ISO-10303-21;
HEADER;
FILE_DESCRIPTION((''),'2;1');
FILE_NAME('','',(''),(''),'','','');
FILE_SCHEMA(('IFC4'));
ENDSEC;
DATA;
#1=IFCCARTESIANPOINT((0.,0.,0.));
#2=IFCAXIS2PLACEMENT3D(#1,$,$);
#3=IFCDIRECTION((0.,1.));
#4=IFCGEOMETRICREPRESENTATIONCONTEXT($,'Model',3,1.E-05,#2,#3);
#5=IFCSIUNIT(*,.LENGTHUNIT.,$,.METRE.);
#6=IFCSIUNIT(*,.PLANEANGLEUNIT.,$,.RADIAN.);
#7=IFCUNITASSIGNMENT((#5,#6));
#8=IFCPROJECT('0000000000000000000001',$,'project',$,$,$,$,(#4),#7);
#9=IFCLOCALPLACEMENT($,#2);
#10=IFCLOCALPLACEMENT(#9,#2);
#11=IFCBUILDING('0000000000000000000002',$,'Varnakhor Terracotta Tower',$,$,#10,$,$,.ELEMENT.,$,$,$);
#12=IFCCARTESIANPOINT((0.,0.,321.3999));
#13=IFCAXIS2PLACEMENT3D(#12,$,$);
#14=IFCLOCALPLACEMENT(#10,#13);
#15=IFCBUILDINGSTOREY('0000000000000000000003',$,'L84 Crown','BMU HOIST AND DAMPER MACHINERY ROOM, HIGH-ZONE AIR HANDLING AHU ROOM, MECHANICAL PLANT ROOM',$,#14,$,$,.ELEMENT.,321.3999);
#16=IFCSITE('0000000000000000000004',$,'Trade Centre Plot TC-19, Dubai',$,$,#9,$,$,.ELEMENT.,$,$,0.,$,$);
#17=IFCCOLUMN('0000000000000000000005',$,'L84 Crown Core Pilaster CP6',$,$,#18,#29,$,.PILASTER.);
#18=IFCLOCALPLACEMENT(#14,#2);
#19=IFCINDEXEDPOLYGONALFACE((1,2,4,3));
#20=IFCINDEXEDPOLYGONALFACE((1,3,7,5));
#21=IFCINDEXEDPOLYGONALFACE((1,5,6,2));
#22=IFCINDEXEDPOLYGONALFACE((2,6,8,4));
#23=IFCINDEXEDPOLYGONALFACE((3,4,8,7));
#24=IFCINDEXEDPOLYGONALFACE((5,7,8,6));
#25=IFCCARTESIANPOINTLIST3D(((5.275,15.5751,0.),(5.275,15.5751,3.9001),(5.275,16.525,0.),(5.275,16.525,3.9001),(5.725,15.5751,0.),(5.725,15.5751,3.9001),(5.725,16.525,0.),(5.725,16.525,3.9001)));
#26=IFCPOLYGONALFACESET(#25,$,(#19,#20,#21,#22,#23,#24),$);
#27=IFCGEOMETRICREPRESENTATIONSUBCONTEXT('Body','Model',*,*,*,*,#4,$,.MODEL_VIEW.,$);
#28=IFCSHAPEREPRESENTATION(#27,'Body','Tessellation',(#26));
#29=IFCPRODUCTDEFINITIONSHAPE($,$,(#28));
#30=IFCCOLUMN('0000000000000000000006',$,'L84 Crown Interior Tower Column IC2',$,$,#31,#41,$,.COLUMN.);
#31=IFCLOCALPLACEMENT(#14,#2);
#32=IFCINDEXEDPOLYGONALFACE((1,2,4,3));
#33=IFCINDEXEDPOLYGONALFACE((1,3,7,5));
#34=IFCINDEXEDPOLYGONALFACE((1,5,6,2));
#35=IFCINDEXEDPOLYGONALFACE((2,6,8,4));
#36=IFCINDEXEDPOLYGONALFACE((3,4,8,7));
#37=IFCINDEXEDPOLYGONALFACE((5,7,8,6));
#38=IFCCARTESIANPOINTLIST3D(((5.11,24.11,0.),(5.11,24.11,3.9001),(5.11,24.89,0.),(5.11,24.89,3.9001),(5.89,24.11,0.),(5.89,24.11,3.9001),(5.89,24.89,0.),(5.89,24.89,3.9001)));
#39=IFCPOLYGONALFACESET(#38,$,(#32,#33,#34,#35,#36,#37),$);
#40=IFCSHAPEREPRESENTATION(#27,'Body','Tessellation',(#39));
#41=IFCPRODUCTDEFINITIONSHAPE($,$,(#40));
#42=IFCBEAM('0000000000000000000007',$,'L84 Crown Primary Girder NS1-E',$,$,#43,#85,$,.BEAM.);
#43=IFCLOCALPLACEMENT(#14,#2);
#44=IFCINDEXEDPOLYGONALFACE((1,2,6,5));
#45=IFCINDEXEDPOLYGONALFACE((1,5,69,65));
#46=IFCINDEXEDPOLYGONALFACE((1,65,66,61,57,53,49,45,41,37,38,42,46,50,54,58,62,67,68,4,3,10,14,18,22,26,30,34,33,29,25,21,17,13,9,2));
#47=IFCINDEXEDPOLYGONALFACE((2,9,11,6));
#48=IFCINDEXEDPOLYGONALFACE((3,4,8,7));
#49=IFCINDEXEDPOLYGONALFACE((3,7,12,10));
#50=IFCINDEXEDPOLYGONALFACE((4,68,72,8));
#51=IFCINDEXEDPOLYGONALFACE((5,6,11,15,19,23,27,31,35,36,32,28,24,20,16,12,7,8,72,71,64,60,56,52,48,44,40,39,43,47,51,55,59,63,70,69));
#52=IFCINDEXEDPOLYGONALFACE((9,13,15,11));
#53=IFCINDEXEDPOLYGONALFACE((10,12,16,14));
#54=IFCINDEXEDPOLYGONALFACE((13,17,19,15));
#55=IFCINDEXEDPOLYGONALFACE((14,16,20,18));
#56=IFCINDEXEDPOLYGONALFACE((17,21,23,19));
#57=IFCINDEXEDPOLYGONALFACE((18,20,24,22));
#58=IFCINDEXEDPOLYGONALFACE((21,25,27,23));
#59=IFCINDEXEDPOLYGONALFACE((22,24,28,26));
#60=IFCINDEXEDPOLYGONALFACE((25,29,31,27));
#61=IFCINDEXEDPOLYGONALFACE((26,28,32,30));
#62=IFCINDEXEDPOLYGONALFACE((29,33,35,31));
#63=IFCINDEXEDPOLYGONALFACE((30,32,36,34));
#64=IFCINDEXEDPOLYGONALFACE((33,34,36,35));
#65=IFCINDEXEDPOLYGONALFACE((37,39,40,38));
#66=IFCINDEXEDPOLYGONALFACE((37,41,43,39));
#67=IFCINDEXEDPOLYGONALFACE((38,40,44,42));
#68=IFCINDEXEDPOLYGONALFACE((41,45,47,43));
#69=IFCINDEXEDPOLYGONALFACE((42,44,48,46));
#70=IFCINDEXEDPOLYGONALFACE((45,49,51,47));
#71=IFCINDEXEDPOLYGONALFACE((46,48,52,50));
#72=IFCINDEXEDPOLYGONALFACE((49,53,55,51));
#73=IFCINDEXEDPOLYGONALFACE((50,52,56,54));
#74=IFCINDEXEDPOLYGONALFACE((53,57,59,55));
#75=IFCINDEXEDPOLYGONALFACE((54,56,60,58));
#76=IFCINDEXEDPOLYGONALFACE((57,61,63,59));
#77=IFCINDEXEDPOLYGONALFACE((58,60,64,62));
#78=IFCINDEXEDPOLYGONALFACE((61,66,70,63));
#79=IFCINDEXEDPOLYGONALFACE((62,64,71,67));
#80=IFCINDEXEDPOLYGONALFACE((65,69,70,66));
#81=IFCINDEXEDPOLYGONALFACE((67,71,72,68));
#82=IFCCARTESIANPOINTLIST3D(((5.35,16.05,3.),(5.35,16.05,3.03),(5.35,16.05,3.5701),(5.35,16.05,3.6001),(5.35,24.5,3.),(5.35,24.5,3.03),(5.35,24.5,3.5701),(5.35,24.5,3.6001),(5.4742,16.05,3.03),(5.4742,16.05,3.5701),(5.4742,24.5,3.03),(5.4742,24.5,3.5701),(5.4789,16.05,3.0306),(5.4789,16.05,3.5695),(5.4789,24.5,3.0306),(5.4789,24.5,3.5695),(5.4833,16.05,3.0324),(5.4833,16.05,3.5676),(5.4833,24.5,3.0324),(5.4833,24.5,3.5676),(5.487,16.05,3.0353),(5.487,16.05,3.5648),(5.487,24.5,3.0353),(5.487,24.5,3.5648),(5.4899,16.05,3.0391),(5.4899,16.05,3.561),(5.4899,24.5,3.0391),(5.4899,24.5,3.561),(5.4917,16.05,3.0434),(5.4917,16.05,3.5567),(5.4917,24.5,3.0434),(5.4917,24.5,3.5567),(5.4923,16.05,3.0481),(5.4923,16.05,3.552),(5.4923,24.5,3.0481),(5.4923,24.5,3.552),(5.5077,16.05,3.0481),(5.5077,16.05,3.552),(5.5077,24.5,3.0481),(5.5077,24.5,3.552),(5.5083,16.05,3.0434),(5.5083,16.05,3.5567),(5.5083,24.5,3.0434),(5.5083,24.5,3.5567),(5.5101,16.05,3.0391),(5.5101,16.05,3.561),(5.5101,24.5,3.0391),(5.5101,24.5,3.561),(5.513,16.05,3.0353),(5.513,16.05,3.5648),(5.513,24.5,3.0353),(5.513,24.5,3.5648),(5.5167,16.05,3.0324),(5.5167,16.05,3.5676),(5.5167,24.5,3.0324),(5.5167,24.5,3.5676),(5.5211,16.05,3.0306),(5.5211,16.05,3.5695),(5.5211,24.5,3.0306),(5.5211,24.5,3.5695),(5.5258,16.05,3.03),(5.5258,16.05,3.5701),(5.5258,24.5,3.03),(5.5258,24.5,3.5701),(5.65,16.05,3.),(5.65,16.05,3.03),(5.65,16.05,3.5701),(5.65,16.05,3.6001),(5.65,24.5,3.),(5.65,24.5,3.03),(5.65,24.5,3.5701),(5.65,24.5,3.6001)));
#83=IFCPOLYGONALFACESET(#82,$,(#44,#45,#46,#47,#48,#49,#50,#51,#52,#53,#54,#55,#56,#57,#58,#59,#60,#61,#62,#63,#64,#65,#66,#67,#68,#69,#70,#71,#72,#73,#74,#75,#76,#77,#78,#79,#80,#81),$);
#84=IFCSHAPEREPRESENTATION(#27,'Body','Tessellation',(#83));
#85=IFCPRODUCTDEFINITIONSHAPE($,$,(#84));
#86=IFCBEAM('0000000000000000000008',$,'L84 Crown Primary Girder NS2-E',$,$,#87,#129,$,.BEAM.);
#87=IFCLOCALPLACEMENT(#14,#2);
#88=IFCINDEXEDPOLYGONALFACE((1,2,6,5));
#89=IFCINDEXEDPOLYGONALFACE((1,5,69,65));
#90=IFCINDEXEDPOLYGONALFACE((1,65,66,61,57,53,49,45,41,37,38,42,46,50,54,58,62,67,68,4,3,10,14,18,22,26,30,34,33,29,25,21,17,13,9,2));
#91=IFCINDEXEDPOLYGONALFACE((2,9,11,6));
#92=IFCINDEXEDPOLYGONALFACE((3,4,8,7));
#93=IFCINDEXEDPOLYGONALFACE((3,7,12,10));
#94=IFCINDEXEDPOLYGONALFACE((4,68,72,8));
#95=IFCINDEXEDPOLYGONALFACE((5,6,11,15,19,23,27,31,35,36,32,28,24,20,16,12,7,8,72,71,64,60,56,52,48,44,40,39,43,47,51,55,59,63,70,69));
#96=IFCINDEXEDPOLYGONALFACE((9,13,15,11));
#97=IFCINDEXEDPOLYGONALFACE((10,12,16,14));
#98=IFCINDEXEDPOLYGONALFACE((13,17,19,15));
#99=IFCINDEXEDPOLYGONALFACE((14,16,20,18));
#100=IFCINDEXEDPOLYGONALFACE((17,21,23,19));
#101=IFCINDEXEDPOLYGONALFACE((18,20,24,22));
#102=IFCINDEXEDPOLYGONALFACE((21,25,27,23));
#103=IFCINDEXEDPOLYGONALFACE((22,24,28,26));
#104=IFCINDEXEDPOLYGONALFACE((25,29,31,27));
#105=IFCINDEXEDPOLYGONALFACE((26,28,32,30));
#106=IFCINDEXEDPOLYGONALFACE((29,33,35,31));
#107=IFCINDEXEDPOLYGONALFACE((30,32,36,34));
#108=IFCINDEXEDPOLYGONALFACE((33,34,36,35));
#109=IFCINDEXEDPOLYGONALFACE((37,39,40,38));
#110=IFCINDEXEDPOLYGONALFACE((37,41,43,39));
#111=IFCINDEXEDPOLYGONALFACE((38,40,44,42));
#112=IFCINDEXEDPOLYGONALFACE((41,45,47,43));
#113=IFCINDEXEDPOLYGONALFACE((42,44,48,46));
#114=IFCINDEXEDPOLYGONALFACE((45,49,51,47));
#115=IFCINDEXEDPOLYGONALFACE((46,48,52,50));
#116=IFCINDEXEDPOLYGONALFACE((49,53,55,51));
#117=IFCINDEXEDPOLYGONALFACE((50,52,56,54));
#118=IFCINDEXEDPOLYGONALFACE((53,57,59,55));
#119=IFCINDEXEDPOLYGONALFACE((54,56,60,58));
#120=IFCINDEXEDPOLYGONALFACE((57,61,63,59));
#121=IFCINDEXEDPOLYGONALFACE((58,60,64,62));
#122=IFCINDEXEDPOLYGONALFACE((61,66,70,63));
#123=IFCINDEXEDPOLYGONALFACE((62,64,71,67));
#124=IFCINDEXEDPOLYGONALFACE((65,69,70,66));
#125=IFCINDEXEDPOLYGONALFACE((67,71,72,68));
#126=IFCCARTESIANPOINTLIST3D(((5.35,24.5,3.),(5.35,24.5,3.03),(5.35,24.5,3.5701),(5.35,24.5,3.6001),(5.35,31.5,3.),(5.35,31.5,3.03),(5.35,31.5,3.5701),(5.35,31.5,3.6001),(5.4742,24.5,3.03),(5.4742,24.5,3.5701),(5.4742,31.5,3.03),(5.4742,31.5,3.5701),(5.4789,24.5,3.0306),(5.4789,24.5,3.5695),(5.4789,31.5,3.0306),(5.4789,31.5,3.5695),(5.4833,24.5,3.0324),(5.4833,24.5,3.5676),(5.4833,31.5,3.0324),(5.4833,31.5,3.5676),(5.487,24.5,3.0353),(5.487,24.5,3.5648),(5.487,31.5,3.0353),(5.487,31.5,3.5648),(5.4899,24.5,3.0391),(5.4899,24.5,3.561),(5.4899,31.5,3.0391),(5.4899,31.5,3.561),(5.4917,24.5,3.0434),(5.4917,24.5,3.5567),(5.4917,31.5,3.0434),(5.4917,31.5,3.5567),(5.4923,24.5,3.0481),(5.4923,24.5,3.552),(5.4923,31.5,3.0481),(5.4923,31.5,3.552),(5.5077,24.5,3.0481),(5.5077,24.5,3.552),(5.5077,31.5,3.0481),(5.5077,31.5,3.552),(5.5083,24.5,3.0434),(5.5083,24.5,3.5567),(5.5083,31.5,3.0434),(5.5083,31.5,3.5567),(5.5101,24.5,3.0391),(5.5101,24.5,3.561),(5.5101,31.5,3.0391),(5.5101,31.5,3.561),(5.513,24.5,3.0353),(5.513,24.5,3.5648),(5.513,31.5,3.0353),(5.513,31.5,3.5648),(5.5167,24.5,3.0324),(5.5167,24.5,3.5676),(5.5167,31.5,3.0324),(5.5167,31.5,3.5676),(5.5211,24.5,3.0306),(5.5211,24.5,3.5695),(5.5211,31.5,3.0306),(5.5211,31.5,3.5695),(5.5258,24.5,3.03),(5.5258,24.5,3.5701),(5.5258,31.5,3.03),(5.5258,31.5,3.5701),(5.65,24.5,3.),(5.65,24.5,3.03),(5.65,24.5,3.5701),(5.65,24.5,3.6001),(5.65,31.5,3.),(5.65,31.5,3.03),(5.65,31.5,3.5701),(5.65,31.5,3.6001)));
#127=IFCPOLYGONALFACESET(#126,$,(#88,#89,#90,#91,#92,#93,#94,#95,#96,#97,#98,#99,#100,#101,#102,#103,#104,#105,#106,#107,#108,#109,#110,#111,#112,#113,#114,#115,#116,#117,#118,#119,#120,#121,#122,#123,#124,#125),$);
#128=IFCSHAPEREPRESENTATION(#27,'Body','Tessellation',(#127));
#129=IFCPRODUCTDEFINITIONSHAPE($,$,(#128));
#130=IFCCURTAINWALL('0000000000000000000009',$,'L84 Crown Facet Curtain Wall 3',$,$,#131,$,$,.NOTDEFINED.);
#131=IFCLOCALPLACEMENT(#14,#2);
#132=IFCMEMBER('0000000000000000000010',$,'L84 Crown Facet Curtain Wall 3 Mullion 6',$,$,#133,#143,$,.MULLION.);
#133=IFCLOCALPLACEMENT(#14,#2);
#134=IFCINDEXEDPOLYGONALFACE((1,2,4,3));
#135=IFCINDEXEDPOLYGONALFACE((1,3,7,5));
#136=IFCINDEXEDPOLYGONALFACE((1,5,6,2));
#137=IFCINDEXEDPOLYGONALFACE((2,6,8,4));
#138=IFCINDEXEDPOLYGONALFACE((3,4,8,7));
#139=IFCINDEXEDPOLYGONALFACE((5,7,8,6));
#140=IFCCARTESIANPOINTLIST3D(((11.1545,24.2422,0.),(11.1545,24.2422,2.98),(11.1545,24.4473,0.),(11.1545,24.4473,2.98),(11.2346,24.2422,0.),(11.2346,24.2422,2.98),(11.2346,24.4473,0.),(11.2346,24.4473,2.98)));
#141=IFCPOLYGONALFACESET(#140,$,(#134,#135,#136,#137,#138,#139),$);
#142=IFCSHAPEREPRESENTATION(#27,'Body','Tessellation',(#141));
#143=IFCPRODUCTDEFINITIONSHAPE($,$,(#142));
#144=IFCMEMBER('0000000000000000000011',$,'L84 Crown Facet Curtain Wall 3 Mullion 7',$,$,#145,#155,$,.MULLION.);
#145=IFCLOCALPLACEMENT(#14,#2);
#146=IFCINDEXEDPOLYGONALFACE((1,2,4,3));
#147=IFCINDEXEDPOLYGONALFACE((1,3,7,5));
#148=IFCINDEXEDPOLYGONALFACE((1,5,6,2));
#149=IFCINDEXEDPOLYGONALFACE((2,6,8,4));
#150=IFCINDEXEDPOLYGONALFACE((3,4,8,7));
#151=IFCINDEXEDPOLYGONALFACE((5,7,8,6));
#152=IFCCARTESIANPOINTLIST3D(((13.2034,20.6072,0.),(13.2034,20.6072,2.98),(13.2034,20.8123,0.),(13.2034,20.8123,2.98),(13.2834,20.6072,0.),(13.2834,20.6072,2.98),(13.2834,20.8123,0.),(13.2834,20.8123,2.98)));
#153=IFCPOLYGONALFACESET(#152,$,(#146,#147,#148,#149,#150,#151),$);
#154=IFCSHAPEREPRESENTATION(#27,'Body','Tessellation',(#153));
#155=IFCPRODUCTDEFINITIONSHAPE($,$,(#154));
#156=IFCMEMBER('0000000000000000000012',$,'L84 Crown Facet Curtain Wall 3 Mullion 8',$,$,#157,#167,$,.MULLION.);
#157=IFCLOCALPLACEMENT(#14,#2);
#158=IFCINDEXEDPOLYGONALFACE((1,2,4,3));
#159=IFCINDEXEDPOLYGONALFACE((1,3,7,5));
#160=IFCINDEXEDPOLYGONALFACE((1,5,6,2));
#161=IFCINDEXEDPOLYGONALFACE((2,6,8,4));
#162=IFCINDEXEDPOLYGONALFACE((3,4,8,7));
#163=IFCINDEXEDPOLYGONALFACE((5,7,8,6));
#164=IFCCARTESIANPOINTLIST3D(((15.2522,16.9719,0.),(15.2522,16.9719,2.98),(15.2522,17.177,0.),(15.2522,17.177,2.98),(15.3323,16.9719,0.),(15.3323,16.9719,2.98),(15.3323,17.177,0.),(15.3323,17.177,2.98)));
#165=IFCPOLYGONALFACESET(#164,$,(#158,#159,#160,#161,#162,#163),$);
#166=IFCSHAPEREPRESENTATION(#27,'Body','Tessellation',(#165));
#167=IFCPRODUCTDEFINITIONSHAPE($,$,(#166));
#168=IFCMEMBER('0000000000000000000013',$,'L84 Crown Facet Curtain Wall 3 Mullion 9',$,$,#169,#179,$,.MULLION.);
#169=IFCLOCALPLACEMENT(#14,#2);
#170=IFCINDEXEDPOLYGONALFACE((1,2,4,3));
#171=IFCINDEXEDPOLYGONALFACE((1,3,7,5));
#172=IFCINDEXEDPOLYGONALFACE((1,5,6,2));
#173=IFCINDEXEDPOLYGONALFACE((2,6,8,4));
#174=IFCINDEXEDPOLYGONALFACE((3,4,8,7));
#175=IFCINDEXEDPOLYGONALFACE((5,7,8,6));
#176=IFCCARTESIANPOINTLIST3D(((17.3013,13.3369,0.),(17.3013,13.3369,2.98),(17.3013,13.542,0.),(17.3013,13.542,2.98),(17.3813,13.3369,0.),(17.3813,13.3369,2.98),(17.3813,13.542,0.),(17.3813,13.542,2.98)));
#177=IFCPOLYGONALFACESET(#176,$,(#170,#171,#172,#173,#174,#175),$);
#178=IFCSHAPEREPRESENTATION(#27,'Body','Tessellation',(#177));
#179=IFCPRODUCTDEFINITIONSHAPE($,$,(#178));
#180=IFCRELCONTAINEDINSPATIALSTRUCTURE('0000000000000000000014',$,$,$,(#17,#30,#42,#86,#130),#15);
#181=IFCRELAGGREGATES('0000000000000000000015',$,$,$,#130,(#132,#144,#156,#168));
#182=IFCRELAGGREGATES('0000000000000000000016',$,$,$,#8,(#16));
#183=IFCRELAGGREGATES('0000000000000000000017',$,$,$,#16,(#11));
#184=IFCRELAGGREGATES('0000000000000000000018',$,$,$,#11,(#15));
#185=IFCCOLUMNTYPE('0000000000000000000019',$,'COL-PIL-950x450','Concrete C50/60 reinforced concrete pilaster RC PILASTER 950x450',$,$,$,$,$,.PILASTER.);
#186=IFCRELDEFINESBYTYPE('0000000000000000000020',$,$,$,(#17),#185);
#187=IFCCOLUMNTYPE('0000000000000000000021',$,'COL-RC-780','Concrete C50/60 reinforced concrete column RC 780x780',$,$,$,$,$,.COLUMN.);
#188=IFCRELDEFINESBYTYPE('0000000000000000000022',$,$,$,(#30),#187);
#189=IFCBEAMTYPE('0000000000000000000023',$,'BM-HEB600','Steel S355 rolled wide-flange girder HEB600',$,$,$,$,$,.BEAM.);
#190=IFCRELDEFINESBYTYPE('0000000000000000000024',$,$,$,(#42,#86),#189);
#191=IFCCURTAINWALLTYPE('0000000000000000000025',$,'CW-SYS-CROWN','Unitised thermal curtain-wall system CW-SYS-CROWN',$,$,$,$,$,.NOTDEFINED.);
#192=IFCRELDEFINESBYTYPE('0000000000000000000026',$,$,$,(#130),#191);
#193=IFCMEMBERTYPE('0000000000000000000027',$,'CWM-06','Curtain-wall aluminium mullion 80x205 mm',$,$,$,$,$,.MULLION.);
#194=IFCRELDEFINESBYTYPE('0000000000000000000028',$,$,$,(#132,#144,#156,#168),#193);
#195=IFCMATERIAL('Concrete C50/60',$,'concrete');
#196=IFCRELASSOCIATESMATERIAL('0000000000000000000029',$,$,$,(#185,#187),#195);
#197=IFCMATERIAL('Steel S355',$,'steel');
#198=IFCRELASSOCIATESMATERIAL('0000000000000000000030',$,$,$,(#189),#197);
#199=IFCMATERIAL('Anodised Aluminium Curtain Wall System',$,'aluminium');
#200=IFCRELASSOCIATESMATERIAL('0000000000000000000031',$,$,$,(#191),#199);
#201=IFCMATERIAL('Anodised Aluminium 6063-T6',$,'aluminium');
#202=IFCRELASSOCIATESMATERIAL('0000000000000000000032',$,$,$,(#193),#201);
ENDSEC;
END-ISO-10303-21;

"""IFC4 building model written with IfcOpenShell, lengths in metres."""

from ifc_helpers import new_model, si_unit, direction, frame, origin, origin_2d, place, context, subcontext, project, spatial, rectangle, i_section, extrude, source, transform, mapped, material, material_profile, profile_set, type_object, type_shapes, element, aggregate, save


model = new_model("IFC4")

# Units and contexts
model_context = context("Model", 3, precision=1e-05, world=origin(), true_north=direction((0.0, 1.0)))
body_context = subcontext(model_context, "Body", "Model", "MODEL_VIEW")
ifc_project = project(units=[si_unit("LENGTHUNIT", "METRE"), si_unit("PLANEANGLEUNIT", "RADIAN")], contexts=[model_context])

# Site, building, storey
site_placement = place(None, origin())
site = spatial("IfcSite", under=ifc_project, at=site_placement, Name="Trade Centre Plot TC-19, Dubai", CompositionType="ELEMENT", RefElevation=0.0)
building_placement = place(site_placement, origin())
building = spatial("IfcBuilding", under=site, at=building_placement, Name="Varnakhor Terracotta Tower", CompositionType="ELEMENT")
storey_placement = place(building_placement, frame((0.0, 0.0, 321.3999)))
storey = spatial("IfcBuildingStorey", under=building, at=storey_placement, Name="L84 Crown", Description="BMU HOIST AND DAMPER MACHINERY ROOM, HIGH-ZONE AIR HANDLING AHU ROOM, MECHANICAL PLANT ROOM", CompositionType="ELEMENT", Elevation=321.3999)

# Columns
ifc_material_1 = material(Name="Concrete C50/60", Category="concrete")
ifc_material_profile_1 = material_profile(ifc_material_1, rectangle(XDim=0.45, YDim=0.95, at=origin_2d()), Name="RC PILASTER 950x450")
ifc_profile_set_1 = profile_set([ifc_material_profile_1], Name="Concrete C50/60")
column_type_1 = type_object("IfcColumnType", Name="COL-PIL-950x450", Description="Concrete C50/60 reinforced concrete pilaster RC PILASTER 950x450", PredefinedType="PILASTER", material=ifc_profile_set_1)
shared_shape_1 = source(origin(), body_context, "Body", "SweptSolid", [
    extrude(rectangle(XDim=0.45, YDim=0.95, at=origin_2d()), origin(), (0.0, 0.0, 1.0), 3.9001),
])
column_1_placement = place(storey_placement, frame((5.5, 16.05, 0.0), z_axis=(0.0, 0.0, 1.0), x_axis=(1.0, 0.0, 0.0)))
element("IfcColumn", 1, at=column_1_placement, inside=storey, type_object=column_type_1, Name="L84 Crown Core Pilaster CP6", PredefinedType="PILASTER", context=body_context, shape_type="MappedRepresentation", body=[
    mapped(shared_shape_1, transform((0.0, 0.0, 0.0), scale=1.0)),
])
ifc_material_profile_2 = material_profile(ifc_material_1, rectangle(XDim=0.78, YDim=0.78, at=origin_2d()), Name="RC 780x780")
ifc_profile_set_2 = profile_set([ifc_material_profile_2], Name="Concrete C50/60")
column_type_2 = type_object("IfcColumnType", Name="COL-RC-780", Description="Concrete C50/60 reinforced concrete column RC 780x780", PredefinedType="COLUMN", material=ifc_profile_set_2)
shared_shape_2 = source(origin(), body_context, "Body", "SweptSolid", [
    extrude(rectangle(XDim=0.78, YDim=0.78, at=origin_2d()), origin(), (0.0, 0.0, 1.0), 3.9001),
])
column_2_placement = place(storey_placement, frame((5.5, 24.5, 0.0), z_axis=(0.0, 0.0, 1.0), x_axis=(1.0, 0.0, 0.0)))
element("IfcColumn", 2, at=column_2_placement, inside=storey, type_object=column_type_2, Name="L84 Crown Interior Tower Column IC2", PredefinedType="COLUMN", context=body_context, shape_type="MappedRepresentation", body=[
    mapped(shared_shape_2, transform((0.0, 0.0, 0.0), scale=1.0)),
])

# Beams
ifc_material_2 = material(Name="Steel S355", Category="steel")
ifc_material_profile_3 = material_profile(ifc_material_2, i_section(OverallWidth=0.3, OverallDepth=0.6001, WebThickness=0.0154, FlangeThickness=0.03, FilletRadius=0.0181, at=origin_2d()), Name="HEB600")
ifc_profile_set_3 = profile_set([ifc_material_profile_3], Name="Steel S355")
beam_type = type_object("IfcBeamType", Name="BM-HEB600", Description="Steel S355 rolled wide-flange girder HEB600", PredefinedType="BEAM", material=ifc_profile_set_3)
shared_shape_3 = source(origin(), body_context, "Body", "SweptSolid", [
    extrude(i_section(OverallWidth=0.3, OverallDepth=0.6001, WebThickness=0.0154, FlangeThickness=0.03, FilletRadius=0.0181, at=origin_2d()), origin(), (0.0, 0.0, 1.0), 8.45),
])
beam_1_placement = place(storey_placement, frame((5.5, 16.05, 3.3), z_axis=(0.0, 1.0, 0.0), x_axis=(-1.0, 0.0, 0.0)))
element("IfcBeam", 3, at=beam_1_placement, inside=storey, type_object=beam_type, Name="L84 Crown Primary Girder NS1-E", PredefinedType="BEAM", context=body_context, shape_type="MappedRepresentation", body=[
    mapped(shared_shape_3, transform((0.0, 0.0, 0.0), scale=1.0)),
])
shared_shape_4 = source(origin(), body_context, "Body", "SweptSolid", [
    extrude(i_section(OverallWidth=0.3, OverallDepth=0.6001, WebThickness=0.0154, FlangeThickness=0.03, FilletRadius=0.0181, at=origin_2d()), origin(), (0.0, 0.0, 1.0), 7.0),
])
beam_2_placement = place(storey_placement, frame((5.5, 24.5, 3.3), z_axis=(0.0, 1.0, 0.0), x_axis=(-1.0, 0.0, 0.0)))
element("IfcBeam", 4, at=beam_2_placement, inside=storey, type_object=beam_type, Name="L84 Crown Primary Girder NS2-E", PredefinedType="BEAM", context=body_context, shape_type="MappedRepresentation", body=[
    mapped(shared_shape_4, transform((0.0, 0.0, 0.0), scale=1.0)),
])

# Curtain wall, members
ifc_material_3 = material(Name="Anodised Aluminium Curtain Wall System", Category="aluminium")
curtain_wall_type = type_object("IfcCurtainWallType", Name="CW-SYS-CROWN", Description="Unitised thermal curtain-wall system CW-SYS-CROWN", PredefinedType="NOTDEFINED", material=ifc_material_3)
curtain_wall_placement = place(storey_placement, origin())
curtain_wall = element("IfcCurtainWall", 5, at=curtain_wall_placement, inside=storey, type_object=curtain_wall_type, Name="L84 Crown Facet Curtain Wall 3", PredefinedType="NOTDEFINED")
ifc_material_4 = material(Name="Anodised Aluminium 6063-T6", Category="aluminium")
ifc_material_profile_4 = material_profile(ifc_material_4, rectangle(XDim=0.0801, YDim=0.2051, at=origin_2d()), Name="ALU MULLION 80x205")
ifc_profile_set_4 = profile_set([ifc_material_profile_4], Name="Anodised Aluminium 6063-T6")
member_type_1 = type_object("IfcMemberType", Name="CWM-06", Description="Curtain-wall aluminium mullion 80x205 mm", PredefinedType="MULLION", material=ifc_profile_set_4)
shared_shape_5 = source(origin(), body_context, "Body", "SweptSolid", [
    extrude(rectangle(XDim=0.0801, YDim=0.2051, at=origin_2d()), origin(), (0.0, 0.0, 1.0), 2.98),
])
type_shapes(member_type_1, [shared_shape_5])
member_1_placement = place(storey_placement, frame((11.1946, 24.3447, 0.0), z_axis=(0.0, 0.0, 1.0), x_axis=(1.0, 0.0, 0.0)))
member_1 = element("IfcMember", 6, at=member_1_placement, type_object=member_type_1, Name="L84 Crown Facet Curtain Wall 3 Mullion 6", PredefinedType="MULLION", context=body_context, shape_type="MappedRepresentation", body=[
    mapped(shared_shape_5, transform((0.0, 0.0, 0.0), scale=1.0)),
])
member_2_placement = place(storey_placement, frame((13.2434, 20.7097, 0.0), z_axis=(0.0, 0.0, 1.0), x_axis=(1.0, 0.0, 0.0)))
member_2 = element("IfcMember", 7, at=member_2_placement, type_object=member_type_1, Name="L84 Crown Facet Curtain Wall 3 Mullion 7", PredefinedType="MULLION", context=body_context, shape_type="MappedRepresentation", body=[
    mapped(shared_shape_5, transform((0.0, 0.0, 0.0), scale=1.0)),
])
member_3_placement = place(storey_placement, frame((15.2922, 17.0745, 0.0), z_axis=(0.0, 0.0, 1.0), x_axis=(1.0, 0.0, 0.0)))
member_3 = element("IfcMember", 8, at=member_3_placement, type_object=member_type_1, Name="L84 Crown Facet Curtain Wall 3 Mullion 8", PredefinedType="MULLION", context=body_context, shape_type="MappedRepresentation", body=[
    mapped(shared_shape_5, transform((0.0, 0.0, 0.0), scale=1.0)),
])
member_4_placement = place(storey_placement, frame((17.3413, 13.4395, 0.0), z_axis=(0.0, 0.0, 1.0), x_axis=(1.0, 0.0, 0.0)))
member_4 = element("IfcMember", 9, at=member_4_placement, type_object=member_type_1, Name="L84 Crown Facet Curtain Wall 3 Mullion 9", PredefinedType="MULLION", context=body_context, shape_type="MappedRepresentation", body=[
    mapped(shared_shape_5, transform((0.0, 0.0, 0.0), scale=1.0)),
])
aggregate(curtain_wall, [member_1, member_2, member_3, member_4])

save(model, "model.ifc")
